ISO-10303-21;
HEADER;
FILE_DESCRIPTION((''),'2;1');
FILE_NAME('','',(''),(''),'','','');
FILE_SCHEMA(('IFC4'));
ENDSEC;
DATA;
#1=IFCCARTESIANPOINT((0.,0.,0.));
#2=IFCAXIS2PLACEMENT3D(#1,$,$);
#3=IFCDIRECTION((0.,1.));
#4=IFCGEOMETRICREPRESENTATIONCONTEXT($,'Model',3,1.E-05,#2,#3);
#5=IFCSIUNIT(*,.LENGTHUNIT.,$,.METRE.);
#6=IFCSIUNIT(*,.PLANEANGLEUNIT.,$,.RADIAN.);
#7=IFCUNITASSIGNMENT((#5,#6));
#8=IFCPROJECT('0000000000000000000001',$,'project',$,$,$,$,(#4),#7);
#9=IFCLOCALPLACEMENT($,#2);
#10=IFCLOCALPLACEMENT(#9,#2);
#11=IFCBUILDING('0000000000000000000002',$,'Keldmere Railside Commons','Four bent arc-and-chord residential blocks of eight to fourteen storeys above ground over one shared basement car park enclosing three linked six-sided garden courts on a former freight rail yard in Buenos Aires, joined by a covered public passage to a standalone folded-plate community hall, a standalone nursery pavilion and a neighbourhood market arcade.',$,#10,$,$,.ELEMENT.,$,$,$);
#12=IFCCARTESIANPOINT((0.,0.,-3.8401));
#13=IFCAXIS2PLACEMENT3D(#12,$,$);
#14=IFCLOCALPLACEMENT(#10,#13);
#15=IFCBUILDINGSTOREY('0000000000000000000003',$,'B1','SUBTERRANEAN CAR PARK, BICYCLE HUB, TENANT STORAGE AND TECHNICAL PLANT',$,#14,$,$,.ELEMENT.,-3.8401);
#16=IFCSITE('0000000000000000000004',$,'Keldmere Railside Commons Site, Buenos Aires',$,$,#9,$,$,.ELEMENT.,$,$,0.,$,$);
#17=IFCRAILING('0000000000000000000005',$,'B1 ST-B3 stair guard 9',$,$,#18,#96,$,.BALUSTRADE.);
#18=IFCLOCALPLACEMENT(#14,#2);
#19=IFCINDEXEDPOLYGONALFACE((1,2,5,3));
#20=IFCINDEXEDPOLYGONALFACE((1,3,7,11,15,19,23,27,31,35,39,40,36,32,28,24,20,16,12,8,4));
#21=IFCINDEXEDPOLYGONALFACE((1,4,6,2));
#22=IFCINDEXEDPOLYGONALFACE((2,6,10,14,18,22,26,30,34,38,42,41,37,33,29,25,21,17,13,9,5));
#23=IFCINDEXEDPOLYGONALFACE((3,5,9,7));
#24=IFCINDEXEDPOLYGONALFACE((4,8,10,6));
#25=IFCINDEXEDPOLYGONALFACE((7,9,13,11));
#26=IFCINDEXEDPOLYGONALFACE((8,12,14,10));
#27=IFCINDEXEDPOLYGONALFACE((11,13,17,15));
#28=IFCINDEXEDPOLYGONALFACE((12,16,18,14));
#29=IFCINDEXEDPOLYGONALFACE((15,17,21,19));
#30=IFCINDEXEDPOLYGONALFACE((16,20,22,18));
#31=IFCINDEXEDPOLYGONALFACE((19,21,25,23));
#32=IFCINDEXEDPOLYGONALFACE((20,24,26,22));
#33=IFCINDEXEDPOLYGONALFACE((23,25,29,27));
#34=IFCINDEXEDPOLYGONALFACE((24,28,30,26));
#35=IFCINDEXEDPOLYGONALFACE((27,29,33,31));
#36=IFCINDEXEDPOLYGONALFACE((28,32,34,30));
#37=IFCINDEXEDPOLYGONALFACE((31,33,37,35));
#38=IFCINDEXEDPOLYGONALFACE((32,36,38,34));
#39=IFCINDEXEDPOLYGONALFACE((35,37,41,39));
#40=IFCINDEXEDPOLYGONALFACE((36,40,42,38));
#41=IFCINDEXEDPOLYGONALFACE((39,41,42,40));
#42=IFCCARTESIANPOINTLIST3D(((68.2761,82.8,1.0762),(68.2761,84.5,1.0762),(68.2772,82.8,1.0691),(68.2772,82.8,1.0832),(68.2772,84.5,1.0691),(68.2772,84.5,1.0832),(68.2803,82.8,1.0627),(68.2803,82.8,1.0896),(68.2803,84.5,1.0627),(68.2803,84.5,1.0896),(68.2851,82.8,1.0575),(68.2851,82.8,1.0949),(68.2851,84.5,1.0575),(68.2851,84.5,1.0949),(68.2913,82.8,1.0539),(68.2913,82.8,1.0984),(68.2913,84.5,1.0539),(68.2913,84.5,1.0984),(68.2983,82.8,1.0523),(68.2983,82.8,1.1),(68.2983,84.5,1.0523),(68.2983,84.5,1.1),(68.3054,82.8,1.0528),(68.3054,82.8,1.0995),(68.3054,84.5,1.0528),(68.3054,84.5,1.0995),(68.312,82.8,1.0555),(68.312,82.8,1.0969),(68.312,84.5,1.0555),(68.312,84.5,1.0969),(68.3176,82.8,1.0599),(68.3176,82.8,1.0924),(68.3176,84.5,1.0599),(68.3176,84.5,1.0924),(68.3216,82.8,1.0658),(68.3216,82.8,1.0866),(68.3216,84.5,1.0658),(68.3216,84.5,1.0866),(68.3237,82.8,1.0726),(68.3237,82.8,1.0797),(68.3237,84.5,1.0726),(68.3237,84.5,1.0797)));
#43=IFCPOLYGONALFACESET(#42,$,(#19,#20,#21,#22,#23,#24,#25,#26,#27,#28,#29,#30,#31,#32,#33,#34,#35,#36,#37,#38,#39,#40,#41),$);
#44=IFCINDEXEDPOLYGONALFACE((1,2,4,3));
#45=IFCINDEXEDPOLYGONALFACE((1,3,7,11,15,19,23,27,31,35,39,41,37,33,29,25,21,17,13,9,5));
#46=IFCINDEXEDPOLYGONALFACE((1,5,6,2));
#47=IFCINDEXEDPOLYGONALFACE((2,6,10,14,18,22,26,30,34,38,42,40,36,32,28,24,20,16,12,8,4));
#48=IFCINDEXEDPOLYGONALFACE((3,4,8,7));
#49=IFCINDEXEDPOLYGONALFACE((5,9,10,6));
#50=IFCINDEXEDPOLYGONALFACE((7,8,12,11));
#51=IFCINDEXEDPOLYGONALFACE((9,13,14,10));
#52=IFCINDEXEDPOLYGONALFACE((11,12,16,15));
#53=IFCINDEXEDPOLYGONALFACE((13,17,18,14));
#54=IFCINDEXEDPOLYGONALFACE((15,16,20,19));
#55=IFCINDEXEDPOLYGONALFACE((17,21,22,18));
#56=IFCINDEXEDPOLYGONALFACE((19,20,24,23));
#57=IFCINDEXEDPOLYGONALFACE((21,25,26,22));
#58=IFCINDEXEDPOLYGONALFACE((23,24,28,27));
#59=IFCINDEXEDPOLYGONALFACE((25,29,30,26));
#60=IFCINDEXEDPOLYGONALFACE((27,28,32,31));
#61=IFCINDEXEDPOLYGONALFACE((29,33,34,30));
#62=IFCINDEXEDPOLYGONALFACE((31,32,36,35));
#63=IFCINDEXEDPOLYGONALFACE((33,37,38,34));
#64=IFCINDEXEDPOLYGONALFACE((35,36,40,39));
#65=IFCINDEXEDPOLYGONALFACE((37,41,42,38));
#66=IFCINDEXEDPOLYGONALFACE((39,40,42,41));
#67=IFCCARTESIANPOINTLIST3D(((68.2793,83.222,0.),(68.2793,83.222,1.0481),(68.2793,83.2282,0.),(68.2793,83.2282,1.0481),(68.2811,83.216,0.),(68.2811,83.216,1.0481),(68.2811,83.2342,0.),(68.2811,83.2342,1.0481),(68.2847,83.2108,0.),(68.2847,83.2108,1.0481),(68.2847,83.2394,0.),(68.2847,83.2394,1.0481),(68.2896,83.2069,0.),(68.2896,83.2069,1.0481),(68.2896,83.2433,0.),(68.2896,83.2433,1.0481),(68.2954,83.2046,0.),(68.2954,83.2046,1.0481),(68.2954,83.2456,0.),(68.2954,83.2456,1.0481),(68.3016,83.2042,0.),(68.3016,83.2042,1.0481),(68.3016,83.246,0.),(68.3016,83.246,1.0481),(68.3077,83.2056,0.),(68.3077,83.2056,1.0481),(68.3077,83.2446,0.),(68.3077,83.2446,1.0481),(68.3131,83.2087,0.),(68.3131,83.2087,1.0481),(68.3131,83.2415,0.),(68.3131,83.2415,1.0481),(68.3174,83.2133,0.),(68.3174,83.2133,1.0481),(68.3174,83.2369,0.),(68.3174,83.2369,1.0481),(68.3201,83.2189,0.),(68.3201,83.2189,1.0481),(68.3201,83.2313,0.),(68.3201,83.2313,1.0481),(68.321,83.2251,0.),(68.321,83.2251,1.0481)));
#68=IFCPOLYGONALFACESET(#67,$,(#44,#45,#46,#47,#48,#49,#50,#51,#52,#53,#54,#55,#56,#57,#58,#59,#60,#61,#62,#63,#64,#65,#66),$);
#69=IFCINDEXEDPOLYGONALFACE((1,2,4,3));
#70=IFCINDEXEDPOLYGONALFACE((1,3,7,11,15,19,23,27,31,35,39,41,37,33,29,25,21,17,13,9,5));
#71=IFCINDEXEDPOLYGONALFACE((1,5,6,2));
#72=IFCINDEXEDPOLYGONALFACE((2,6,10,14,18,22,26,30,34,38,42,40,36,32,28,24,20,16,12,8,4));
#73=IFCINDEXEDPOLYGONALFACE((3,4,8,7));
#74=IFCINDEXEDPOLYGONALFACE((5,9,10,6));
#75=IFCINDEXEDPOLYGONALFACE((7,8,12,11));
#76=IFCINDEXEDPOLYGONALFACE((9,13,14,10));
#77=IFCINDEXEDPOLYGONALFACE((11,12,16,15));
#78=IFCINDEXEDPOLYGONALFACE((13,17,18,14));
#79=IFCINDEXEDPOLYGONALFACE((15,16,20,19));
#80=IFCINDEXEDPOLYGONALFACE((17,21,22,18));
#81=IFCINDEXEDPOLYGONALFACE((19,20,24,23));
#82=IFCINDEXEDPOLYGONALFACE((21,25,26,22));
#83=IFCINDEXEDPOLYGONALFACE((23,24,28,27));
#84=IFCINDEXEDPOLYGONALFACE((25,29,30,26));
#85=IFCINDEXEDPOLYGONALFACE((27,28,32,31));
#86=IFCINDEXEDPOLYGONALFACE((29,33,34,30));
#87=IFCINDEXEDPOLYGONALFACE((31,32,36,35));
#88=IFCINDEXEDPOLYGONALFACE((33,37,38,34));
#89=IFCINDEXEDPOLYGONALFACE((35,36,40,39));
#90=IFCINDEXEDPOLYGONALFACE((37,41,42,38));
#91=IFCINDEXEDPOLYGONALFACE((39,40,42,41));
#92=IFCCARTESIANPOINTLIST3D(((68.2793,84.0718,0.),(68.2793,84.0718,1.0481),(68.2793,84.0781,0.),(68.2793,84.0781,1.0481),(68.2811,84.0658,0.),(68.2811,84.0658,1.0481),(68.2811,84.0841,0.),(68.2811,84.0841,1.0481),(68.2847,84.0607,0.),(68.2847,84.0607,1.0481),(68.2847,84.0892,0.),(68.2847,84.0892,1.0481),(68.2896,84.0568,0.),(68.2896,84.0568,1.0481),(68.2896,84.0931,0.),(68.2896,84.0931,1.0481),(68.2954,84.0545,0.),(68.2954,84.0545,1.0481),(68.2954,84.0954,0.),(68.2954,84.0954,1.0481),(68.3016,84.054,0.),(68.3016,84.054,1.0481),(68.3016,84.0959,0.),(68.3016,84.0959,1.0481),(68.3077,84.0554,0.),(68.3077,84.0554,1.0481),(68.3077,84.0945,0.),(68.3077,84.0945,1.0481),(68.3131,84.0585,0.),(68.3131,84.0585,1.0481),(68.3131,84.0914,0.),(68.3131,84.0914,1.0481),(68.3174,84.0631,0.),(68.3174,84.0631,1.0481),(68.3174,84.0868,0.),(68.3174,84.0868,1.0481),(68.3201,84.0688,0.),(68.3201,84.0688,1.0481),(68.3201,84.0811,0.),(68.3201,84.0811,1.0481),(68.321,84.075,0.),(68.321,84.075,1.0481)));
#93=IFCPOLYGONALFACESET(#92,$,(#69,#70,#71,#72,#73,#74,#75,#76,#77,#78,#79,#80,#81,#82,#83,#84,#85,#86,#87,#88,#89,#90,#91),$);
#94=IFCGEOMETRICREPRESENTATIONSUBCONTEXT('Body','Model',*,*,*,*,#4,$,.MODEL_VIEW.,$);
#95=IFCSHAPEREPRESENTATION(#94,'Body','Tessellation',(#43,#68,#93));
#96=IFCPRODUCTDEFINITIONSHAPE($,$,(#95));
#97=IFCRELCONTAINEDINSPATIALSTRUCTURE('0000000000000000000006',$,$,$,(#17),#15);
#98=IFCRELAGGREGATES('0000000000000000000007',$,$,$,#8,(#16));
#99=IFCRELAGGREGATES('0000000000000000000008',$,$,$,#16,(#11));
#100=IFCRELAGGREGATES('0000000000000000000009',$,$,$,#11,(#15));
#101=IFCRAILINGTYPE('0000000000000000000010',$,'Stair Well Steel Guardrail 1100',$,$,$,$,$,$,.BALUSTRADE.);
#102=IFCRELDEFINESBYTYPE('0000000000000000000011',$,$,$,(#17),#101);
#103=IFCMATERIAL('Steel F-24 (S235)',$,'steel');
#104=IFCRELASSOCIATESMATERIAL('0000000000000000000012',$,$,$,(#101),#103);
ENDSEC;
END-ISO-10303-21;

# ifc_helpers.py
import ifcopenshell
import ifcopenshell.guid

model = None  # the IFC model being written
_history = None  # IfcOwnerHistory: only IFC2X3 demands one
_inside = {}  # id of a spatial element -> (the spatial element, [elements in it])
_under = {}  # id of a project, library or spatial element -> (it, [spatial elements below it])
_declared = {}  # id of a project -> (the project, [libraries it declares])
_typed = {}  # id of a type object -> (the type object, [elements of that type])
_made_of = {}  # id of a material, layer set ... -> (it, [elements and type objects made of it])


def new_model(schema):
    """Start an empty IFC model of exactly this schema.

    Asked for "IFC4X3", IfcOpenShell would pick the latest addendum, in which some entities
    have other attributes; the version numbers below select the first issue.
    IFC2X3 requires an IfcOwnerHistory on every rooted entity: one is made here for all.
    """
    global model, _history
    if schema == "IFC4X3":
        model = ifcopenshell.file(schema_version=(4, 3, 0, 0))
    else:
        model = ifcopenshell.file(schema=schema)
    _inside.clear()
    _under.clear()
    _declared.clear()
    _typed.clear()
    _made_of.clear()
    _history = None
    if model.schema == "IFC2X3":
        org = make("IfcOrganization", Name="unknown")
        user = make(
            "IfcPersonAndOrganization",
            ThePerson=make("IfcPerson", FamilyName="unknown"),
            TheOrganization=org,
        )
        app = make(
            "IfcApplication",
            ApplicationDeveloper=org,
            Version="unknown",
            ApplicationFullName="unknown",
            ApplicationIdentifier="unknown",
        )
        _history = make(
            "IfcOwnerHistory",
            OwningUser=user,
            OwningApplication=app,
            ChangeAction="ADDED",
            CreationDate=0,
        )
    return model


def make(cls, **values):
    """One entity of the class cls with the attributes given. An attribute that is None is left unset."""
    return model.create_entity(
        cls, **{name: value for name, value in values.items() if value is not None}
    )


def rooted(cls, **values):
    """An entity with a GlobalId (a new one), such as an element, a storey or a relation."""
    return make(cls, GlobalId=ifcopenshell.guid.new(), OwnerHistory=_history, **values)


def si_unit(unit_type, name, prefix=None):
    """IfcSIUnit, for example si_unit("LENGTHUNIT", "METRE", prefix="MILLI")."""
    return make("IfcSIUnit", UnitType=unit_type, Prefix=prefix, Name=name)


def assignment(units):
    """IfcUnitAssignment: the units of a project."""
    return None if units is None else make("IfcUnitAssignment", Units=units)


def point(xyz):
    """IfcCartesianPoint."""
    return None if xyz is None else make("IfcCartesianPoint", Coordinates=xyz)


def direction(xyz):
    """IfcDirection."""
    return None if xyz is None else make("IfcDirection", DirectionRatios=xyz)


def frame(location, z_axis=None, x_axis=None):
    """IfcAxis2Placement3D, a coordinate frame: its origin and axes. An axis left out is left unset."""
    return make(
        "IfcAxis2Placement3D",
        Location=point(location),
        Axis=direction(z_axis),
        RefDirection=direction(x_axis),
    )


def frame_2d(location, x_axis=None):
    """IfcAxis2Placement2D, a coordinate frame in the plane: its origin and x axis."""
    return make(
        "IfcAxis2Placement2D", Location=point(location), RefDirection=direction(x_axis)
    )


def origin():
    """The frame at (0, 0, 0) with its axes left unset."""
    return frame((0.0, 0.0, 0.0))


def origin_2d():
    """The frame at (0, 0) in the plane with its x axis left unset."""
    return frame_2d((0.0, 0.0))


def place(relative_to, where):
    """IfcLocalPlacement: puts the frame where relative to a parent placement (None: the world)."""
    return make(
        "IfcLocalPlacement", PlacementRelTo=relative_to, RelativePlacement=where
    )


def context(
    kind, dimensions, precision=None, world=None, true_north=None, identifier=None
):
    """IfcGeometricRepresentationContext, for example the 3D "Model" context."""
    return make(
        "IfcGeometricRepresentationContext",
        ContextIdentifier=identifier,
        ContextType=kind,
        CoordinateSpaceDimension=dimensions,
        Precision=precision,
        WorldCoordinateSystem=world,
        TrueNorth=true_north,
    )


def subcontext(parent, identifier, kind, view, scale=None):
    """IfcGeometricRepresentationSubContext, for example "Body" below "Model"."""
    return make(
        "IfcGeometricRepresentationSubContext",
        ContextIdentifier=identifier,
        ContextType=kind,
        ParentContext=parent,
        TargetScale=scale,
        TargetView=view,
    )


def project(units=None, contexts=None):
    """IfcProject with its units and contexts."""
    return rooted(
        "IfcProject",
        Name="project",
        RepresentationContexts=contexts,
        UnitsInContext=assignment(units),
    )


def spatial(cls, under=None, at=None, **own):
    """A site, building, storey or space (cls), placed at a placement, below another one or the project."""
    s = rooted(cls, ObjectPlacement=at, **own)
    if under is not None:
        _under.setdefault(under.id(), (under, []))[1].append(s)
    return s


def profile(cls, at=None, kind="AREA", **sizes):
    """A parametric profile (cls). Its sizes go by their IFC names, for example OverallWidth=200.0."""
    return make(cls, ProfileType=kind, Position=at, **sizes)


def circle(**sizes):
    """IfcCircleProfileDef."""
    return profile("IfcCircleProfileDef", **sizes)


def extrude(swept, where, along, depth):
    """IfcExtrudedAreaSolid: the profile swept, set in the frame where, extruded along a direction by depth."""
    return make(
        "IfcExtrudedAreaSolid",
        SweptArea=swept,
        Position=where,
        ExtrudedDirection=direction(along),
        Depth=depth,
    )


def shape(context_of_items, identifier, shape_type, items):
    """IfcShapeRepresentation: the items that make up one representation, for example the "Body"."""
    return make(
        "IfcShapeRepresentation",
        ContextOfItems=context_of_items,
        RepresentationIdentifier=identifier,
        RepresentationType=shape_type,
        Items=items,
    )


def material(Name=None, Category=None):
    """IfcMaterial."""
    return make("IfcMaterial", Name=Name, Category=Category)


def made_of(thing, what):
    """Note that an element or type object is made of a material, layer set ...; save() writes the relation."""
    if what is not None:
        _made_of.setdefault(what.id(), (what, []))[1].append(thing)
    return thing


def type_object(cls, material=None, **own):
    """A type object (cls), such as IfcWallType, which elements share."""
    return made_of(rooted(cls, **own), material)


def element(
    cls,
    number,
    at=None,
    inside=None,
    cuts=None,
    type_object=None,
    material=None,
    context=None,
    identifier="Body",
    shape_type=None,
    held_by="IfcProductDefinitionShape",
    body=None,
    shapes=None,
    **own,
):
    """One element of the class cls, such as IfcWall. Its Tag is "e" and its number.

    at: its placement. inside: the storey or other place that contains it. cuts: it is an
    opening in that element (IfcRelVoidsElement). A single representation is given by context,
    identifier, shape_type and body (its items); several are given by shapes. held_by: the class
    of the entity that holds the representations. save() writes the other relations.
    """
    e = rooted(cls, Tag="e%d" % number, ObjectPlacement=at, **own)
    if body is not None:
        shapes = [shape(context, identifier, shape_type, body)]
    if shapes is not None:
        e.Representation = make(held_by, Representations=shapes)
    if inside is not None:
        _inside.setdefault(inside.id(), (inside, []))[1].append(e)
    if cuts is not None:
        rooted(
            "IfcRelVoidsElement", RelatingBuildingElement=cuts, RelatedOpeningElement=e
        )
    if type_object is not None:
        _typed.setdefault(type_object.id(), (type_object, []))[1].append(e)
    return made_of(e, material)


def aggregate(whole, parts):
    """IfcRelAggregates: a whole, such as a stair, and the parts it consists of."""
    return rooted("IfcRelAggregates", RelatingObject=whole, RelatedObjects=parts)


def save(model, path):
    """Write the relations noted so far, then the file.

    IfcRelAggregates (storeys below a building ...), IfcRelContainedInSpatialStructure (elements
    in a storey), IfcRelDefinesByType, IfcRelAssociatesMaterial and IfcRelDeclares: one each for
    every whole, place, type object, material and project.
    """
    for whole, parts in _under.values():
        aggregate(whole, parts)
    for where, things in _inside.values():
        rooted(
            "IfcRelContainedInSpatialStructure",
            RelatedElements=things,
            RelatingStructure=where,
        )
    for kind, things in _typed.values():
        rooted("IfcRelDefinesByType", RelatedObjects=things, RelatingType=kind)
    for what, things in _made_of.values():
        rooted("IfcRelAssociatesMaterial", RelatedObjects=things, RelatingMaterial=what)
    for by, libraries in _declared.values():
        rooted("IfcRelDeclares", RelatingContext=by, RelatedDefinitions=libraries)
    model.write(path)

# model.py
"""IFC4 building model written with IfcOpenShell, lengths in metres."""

from ifc_helpers import new_model, si_unit, direction, frame, origin, origin_2d, place, context, subcontext, project, spatial, circle, extrude, material, type_object, element, save


model = new_model("IFC4")

# Units and contexts
model_context = context("Model", 3, precision=1e-05, world=origin(), true_north=direction((0.0, 1.0)))
body_context = subcontext(model_context, "Body", "Model", "MODEL_VIEW")
ifc_project = project(units=[si_unit("LENGTHUNIT", "METRE"), si_unit("PLANEANGLEUNIT", "RADIAN")], contexts=[model_context])

# Site, building, storey
site_placement = place(None, origin())
site = spatial("IfcSite", under=ifc_project, at=site_placement, Name="Keldmere Railside Commons Site, Buenos Aires", CompositionType="ELEMENT", RefElevation=0.0)
building_placement = place(site_placement, origin())
building = spatial("IfcBuilding", under=site, at=building_placement, Name="Keldmere Railside Commons", Description="Four bent arc-and-chord residential blocks of eight to fourteen storeys above ground over one shared basement car park enclosing three linked six-sided garden courts on a former freight rail yard in Buenos Aires, joined by a covered public passage to a standalone folded-plate community hall, a standalone nursery pavilion and a neighbourhood market arcade.", CompositionType="ELEMENT")
storey_placement = place(building_placement, frame((0.0, 0.0, -3.8401)))
storey = spatial("IfcBuildingStorey", under=building, at=storey_placement, Name="B1", Description="SUBTERRANEAN CAR PARK, BICYCLE HUB, TENANT STORAGE AND TECHNICAL PLANT", CompositionType="ELEMENT", Elevation=-3.8401)

# Railing
ifc_material_1 = material(Name="Steel F-24 (S235)", Category="steel")
railing_type = type_object("IfcRailingType", Name="Stair Well Steel Guardrail 1100", PredefinedType="BALUSTRADE", material=ifc_material_1)
railing_placement = place(storey_placement, frame((68.3, 82.8, 0.0)))
element("IfcRailing", 1, at=railing_placement, inside=storey, type_object=railing_type, Name="B1 ST-B3 stair guard 9", PredefinedType="BALUSTRADE", context=body_context, shape_type="SweptSolid", body=[
    extrude(circle(Radius=0.0239, at=origin_2d()), frame((0.0, 0.0, 1.0762), z_axis=(0.0, 1.0, 0.0), x_axis=(-1.0, 0.0, 0.0)), (0.0, 0.0, 1.0), 1.7),
    extrude(circle(Radius=0.021, at=origin_2d()), frame((0.0, 0.425, 0.0)), (0.0, 0.0, 1.0), 1.0481),
    extrude(circle(Radius=0.021, at=origin_2d()), frame((0.0, 1.2749, 0.0)), (0.0, 0.0, 1.0), 1.0481),
])

save(model, "model.ifc")
